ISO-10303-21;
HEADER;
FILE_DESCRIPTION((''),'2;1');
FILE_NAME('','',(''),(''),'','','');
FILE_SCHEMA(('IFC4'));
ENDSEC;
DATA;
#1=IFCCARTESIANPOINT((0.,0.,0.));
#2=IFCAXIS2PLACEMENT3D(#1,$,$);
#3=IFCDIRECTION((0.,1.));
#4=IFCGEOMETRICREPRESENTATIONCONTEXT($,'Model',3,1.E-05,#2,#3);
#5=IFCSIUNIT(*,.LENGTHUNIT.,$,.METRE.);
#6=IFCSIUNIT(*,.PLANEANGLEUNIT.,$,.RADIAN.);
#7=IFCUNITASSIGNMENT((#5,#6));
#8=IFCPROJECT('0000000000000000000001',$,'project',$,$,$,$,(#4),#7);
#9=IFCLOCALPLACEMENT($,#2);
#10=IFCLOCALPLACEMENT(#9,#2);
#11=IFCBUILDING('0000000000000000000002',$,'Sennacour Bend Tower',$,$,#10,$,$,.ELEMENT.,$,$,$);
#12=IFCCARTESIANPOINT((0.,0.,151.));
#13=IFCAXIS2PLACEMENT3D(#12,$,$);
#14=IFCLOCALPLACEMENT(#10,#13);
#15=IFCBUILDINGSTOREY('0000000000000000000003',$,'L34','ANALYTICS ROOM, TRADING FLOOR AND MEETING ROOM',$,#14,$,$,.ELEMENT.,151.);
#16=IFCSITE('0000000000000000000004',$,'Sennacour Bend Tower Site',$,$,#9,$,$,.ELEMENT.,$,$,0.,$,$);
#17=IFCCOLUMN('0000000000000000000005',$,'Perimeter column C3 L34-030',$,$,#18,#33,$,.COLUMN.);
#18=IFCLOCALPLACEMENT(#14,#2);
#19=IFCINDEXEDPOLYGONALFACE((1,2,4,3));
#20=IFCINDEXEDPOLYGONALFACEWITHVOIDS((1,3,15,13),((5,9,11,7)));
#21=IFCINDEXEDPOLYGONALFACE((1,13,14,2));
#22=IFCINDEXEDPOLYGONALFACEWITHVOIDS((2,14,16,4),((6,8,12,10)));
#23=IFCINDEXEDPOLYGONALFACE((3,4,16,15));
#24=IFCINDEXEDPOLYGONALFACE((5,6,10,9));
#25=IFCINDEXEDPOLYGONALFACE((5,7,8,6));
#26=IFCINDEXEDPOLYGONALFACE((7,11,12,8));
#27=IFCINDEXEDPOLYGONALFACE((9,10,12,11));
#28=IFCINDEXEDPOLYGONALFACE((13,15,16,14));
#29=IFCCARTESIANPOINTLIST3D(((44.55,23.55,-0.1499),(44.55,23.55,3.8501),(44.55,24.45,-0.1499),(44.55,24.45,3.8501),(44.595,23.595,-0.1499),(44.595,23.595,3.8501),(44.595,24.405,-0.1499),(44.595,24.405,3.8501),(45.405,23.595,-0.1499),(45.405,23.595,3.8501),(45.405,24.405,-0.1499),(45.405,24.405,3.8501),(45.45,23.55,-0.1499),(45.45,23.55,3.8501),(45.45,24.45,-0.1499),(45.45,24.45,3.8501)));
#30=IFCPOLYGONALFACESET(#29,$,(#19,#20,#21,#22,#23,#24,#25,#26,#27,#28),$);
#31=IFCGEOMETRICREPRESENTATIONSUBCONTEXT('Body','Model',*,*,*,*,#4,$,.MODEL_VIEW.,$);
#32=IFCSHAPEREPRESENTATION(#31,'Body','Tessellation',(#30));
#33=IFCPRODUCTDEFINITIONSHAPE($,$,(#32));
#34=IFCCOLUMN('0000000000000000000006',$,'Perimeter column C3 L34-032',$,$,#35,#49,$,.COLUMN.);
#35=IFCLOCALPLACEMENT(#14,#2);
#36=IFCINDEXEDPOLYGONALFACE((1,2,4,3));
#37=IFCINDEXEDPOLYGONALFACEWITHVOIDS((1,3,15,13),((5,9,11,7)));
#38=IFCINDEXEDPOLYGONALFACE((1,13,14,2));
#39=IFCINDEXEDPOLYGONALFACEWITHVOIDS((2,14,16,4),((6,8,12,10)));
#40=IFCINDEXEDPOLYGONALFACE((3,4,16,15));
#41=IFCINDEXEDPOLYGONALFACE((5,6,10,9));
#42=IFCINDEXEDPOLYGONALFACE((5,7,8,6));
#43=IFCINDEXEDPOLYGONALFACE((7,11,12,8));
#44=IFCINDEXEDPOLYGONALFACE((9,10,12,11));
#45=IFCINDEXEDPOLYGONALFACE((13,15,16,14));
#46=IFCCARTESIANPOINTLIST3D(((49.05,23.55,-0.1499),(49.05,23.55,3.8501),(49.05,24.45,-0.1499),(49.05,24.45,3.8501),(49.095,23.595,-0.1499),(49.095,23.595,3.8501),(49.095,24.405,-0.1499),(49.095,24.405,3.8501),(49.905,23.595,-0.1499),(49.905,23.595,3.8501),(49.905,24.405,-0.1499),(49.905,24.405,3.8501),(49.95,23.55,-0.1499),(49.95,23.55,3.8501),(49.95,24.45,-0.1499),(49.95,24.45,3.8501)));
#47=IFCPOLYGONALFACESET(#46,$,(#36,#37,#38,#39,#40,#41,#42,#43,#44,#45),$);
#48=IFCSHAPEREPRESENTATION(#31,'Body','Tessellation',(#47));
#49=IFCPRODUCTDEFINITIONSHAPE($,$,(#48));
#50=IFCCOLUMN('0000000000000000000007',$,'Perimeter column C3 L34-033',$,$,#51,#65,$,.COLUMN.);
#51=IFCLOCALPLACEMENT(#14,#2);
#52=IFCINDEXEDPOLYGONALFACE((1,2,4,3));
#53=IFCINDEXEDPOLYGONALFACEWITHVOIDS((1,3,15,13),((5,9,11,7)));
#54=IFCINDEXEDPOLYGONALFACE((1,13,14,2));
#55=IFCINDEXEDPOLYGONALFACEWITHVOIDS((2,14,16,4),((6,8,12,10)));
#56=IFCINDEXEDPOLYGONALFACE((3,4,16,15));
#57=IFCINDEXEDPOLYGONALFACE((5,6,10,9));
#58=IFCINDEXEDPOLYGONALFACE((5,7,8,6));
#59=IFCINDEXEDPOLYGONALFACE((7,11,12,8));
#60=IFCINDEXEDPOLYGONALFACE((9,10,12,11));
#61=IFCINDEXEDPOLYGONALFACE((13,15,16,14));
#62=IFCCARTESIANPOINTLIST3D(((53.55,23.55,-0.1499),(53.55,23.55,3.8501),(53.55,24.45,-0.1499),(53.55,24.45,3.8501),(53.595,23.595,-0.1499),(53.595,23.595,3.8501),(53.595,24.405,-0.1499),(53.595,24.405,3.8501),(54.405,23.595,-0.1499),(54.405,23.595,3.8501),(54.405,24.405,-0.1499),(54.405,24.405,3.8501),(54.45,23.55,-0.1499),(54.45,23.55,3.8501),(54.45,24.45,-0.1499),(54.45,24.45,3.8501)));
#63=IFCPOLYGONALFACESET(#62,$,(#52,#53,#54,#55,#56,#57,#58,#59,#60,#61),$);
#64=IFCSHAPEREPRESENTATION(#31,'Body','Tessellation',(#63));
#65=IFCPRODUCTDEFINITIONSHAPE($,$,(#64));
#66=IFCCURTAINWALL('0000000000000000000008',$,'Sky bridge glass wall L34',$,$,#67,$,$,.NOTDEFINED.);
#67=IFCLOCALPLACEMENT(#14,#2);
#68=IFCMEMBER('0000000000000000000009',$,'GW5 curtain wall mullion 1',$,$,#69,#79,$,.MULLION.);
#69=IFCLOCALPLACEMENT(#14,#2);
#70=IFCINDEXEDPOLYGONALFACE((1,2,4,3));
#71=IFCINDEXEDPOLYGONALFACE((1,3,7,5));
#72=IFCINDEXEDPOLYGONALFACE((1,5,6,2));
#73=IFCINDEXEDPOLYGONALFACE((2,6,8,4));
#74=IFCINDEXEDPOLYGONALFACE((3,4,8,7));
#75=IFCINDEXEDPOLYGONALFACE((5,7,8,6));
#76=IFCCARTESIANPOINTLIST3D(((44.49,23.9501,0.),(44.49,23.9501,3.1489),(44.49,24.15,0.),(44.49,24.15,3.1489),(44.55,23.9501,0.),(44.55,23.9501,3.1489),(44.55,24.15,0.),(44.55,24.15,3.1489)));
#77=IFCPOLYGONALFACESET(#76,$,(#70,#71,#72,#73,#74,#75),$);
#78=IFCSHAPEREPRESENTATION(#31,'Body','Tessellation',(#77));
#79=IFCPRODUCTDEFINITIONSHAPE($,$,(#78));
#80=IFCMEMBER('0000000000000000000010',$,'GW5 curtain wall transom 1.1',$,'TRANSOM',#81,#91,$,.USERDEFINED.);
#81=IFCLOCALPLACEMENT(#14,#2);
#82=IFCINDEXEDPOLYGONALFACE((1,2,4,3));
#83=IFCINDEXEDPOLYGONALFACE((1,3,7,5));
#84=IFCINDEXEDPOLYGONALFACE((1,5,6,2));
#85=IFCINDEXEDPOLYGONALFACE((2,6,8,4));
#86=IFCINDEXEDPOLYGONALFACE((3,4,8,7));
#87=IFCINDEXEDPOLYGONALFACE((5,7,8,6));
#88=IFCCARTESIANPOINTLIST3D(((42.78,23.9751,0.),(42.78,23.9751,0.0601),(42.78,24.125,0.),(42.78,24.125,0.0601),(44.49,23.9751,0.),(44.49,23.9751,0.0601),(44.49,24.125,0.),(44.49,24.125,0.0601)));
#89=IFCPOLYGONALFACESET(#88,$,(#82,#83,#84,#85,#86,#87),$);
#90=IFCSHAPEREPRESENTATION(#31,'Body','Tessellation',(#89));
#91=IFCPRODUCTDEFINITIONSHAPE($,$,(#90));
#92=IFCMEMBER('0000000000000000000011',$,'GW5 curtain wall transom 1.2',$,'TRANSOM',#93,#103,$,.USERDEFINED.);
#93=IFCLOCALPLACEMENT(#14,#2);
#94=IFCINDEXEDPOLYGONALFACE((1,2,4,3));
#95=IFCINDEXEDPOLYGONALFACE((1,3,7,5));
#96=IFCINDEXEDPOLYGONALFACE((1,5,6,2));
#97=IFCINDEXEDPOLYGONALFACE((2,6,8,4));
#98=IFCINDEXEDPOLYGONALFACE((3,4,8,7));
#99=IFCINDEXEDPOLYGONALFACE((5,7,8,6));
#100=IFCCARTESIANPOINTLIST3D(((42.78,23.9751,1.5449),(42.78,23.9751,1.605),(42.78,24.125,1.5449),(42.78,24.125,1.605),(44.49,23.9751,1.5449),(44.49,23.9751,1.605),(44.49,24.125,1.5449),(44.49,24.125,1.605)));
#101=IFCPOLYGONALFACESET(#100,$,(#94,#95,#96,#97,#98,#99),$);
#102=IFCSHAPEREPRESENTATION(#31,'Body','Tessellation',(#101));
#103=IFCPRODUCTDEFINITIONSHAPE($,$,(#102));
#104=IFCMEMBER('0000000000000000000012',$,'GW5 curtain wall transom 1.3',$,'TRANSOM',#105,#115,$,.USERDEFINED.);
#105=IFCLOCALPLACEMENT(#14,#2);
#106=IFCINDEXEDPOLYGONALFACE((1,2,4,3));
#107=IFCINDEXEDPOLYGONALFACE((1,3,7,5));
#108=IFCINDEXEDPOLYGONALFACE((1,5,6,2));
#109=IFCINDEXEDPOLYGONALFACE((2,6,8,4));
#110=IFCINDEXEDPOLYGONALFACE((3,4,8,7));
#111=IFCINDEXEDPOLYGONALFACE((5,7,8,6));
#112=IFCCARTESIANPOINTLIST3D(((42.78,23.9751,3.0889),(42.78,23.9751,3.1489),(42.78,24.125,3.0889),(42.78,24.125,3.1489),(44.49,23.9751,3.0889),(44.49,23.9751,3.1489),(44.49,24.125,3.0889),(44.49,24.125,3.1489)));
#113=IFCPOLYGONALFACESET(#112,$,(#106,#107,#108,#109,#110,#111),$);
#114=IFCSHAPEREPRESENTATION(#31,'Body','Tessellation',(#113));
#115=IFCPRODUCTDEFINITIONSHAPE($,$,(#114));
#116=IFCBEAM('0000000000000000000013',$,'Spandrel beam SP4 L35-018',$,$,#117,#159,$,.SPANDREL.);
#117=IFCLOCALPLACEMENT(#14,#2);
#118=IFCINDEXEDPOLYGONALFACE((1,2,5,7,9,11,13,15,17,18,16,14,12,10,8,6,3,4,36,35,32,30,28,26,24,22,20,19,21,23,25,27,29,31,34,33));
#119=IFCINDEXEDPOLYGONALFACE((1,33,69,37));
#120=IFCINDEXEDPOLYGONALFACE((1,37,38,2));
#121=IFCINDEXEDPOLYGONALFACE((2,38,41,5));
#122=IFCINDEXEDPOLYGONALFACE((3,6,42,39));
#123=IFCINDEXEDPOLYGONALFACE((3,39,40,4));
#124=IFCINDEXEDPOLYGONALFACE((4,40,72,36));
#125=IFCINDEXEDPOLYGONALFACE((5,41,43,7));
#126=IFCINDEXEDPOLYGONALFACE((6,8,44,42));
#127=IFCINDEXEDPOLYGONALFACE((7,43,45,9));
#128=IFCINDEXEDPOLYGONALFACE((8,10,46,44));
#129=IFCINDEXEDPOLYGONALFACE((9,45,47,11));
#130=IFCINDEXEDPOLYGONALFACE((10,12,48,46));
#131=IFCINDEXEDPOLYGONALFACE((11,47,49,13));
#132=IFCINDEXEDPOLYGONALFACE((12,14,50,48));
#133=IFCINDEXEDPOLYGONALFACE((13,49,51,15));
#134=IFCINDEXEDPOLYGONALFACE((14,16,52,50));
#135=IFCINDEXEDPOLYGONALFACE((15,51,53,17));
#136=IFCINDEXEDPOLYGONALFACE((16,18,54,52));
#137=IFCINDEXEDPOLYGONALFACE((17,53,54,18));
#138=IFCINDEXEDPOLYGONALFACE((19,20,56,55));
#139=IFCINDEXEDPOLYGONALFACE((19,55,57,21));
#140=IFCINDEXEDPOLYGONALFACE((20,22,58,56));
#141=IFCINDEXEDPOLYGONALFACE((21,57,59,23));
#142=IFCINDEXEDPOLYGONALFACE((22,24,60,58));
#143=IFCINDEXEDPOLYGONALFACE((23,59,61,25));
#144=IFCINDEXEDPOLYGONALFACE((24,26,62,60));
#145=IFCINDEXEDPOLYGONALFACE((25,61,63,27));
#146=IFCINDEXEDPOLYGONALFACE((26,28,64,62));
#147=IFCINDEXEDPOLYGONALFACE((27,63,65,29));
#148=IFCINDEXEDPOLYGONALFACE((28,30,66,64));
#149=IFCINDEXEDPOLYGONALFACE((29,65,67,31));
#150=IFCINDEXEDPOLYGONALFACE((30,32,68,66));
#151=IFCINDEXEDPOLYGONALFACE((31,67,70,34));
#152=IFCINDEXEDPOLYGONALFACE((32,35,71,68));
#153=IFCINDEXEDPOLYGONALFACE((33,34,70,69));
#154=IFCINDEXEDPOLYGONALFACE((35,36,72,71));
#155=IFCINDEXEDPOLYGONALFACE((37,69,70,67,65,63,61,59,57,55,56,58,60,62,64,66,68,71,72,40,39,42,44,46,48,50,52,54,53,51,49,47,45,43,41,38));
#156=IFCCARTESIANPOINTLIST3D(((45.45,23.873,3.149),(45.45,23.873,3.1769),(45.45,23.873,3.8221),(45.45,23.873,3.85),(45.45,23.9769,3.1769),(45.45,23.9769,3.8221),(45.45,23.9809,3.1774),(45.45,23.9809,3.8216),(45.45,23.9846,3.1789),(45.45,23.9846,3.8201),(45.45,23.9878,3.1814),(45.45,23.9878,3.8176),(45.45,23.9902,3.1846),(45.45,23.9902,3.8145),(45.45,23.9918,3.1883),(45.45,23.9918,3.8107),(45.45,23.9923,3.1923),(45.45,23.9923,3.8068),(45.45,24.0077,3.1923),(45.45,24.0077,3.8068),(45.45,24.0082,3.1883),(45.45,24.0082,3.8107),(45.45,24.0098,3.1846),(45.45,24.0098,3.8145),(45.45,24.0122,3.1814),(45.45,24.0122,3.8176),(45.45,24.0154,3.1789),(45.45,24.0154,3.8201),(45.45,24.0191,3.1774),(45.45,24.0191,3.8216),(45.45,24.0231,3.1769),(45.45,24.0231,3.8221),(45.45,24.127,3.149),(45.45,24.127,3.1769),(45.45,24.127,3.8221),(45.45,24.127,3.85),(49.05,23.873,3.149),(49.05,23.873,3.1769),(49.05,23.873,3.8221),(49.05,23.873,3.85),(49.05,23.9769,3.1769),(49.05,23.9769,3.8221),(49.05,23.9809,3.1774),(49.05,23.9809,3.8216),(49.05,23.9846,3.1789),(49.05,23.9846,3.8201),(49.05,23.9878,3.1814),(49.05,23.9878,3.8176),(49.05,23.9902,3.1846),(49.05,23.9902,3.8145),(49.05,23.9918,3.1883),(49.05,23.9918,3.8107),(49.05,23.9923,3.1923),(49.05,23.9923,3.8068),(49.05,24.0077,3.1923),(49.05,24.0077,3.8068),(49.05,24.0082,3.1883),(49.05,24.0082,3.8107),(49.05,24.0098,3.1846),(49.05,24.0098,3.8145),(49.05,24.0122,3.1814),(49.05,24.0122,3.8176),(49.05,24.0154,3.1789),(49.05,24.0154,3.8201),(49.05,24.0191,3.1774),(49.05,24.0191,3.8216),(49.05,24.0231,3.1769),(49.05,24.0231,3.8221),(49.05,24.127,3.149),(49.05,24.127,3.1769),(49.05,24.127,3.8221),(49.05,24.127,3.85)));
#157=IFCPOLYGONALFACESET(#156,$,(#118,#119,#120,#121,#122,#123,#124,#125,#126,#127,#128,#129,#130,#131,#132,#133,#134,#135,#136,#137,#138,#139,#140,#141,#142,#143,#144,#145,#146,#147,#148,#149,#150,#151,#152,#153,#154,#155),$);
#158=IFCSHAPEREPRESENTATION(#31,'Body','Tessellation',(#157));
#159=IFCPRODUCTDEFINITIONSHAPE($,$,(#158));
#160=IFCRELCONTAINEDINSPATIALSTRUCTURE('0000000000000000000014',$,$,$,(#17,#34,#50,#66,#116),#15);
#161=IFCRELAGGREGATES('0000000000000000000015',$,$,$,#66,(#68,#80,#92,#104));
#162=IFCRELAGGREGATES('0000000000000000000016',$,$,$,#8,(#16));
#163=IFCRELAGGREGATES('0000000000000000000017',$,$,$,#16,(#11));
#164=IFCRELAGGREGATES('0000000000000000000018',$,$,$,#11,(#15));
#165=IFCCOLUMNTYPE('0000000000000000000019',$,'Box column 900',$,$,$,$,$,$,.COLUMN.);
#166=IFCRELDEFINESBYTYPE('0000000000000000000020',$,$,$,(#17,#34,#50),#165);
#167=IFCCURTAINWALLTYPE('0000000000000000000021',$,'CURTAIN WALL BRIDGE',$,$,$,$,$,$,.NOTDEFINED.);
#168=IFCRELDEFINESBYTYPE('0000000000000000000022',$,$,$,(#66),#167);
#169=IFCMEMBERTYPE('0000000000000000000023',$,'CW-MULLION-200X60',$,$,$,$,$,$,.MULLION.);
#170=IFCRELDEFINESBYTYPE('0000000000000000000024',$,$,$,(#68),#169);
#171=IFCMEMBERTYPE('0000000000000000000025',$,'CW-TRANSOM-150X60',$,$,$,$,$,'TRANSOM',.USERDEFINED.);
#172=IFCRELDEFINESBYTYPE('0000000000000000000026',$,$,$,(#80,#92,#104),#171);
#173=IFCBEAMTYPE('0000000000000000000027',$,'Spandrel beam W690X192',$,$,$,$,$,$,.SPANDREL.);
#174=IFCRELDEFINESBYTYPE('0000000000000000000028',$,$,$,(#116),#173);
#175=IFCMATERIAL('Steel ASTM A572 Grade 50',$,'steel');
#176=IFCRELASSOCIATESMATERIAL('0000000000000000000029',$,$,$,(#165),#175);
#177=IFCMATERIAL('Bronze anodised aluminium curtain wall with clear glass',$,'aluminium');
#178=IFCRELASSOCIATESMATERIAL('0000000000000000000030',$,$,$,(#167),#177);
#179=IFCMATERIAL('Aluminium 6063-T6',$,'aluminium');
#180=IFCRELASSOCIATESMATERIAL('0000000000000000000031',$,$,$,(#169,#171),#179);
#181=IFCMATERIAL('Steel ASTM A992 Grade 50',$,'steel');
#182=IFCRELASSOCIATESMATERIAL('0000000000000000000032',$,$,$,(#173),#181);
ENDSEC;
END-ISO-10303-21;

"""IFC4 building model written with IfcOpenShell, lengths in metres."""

from ifc_helpers import new_model, si_unit, direction, frame, origin, origin_2d, place, context, subcontext, project, spatial, rectangle, hollow_rectangle, i_section, extrude, material, material_profile, profile_set, type_object, element, aggregate, save


model = new_model("IFC4")

# Units and contexts
model_context = context("Model", 3, precision=1e-05, world=origin(), true_north=direction((0.0, 1.0)))
body_context = subcontext(model_context, "Body", "Model", "MODEL_VIEW")
ifc_project = project(units=[si_unit("LENGTHUNIT", "METRE"), si_unit("PLANEANGLEUNIT", "RADIAN")], contexts=[model_context])

# Site, building, storey
site_placement = place(None, origin())
site = spatial("IfcSite", under=ifc_project, at=site_placement, Name="Sennacour Bend Tower Site", CompositionType="ELEMENT", RefElevation=0.0)
building_placement = place(site_placement, origin())
building = spatial("IfcBuilding", under=site, at=building_placement, Name="Sennacour Bend Tower", CompositionType="ELEMENT")
storey_placement = place(building_placement, frame((0.0, 0.0, 151.0)))
storey = spatial("IfcBuildingStorey", under=building, at=storey_placement, Name="L34", Description="ANALYTICS ROOM, TRADING FLOOR AND MEETING ROOM", CompositionType="ELEMENT", Elevation=151.0)

# Columns
ifc_material_1 = material(Name="Steel ASTM A572 Grade 50", Category="steel")
ifc_material_profile_1 = material_profile(ifc_material_1, hollow_rectangle(XDim=0.8999, YDim=0.8999, WallThickness=0.0449, at=origin_2d()), Name="Steel ASTM A572 Grade 50", Category="steel")
ifc_profile_set_1 = profile_set([ifc_material_profile_1], Name="Steel ASTM A572 Grade 50")
column_type = type_object("IfcColumnType", Name="Box column 900", PredefinedType="COLUMN", material=ifc_profile_set_1)
for number, where, z_axis, x_axis, name in (
    (1, (45.0, 24.0, -0.1499), (0.0, 0.0, 1.0), (1.0, 0.0, 0.0), "Perimeter column C3 L34-030"),
    (2, (49.5, 24.0, -0.1499), (0.0, 0.0, 1.0), (1.0, 0.0, 0.0), "Perimeter column C3 L34-032"),
    (3, (54.0, 24.0, -0.1499), (0.0, 0.0, 1.0), (1.0, 0.0, 0.0), "Perimeter column C3 L34-033"),
):
    element("IfcColumn", number, at=place(storey_placement, frame(where, z_axis=z_axis, x_axis=x_axis)), inside=storey, type_object=column_type, Name=name, PredefinedType="COLUMN", context=body_context, shape_type="SweptSolid", body=[
        extrude(hollow_rectangle(XDim=0.8999, YDim=0.8999, WallThickness=0.0449, at=origin_2d()), origin(), (0.0, 0.0, 1.0), 4.0),
    ])

# Curtain wall, members
ifc_material_2 = material(Name="Bronze anodised aluminium curtain wall with clear glass", Category="aluminium")
curtain_wall_type = type_object("IfcCurtainWallType", Name="CURTAIN WALL BRIDGE", PredefinedType="NOTDEFINED", material=ifc_material_2)
curtain_wall_placement = place(storey_placement, origin())
curtain_wall = element("IfcCurtainWall", 4, at=curtain_wall_placement, inside=storey, type_object=curtain_wall_type, Name="Sky bridge glass wall L34", PredefinedType="NOTDEFINED")
ifc_material_3 = material(Name="Aluminium 6063-T6", Category="aluminium")
ifc_material_profile_2 = material_profile(ifc_material_3, rectangle(XDim=0.2, YDim=0.0601, at=origin_2d()), Name="Aluminium 6063-T6", Category="aluminium")
ifc_profile_set_2 = profile_set([ifc_material_profile_2], Name="Aluminium 6063-T6")
member_type_1 = type_object("IfcMemberType", Name="CW-MULLION-200X60", PredefinedType="MULLION", material=ifc_profile_set_2)
member_1_placement = place(storey_placement, frame((44.52, 24.05, 0.0), z_axis=(0.0, 0.0, 1.0), x_axis=(0.0, -1.0, 0.0)))
member_1 = element("IfcMember", 5, at=member_1_placement, type_object=member_type_1, Name="GW5 curtain wall mullion 1", PredefinedType="MULLION", context=body_context, shape_type="SweptSolid", body=[
    extrude(rectangle(XDim=0.2, YDim=0.0601, at=origin_2d()), origin(), (0.0, 0.0, 1.0), 3.1489),
])
ifc_material_profile_3 = material_profile(ifc_material_3, rectangle(XDim=0.1499, YDim=0.0601, at=origin_2d()), Name="Aluminium 6063-T6", Category="aluminium")
ifc_profile_set_3 = profile_set([ifc_material_profile_3], Name="Aluminium 6063-T6")
member_type_2 = type_object("IfcMemberType", Name="CW-TRANSOM-150X60", ElementType="TRANSOM", PredefinedType="USERDEFINED", material=ifc_profile_set_3)
member_2_placement = place(storey_placement, frame((44.49, 24.05, 0.03), z_axis=(-1.0, 0.0, 0.0), x_axis=(0.0, -1.0, 0.0)))
member_2 = element("IfcMember", 6, at=member_2_placement, type_object=member_type_2, Name="GW5 curtain wall transom 1.1", ObjectType="TRANSOM", PredefinedType="USERDEFINED", context=body_context, shape_type="SweptSolid", body=[
    extrude(rectangle(XDim=0.1499, YDim=0.0601, at=origin_2d()), origin(), (0.0, 0.0, 1.0), 1.71),
])
member_3_placement = place(storey_placement, frame((44.49, 24.05, 1.575), z_axis=(-1.0, 0.0, 0.0), x_axis=(0.0, -1.0, 0.0)))
member_3 = element("IfcMember", 7, at=member_3_placement, type_object=member_type_2, Name="GW5 curtain wall transom 1.2", ObjectType="TRANSOM", PredefinedType="USERDEFINED", context=body_context, shape_type="SweptSolid", body=[
    extrude(rectangle(XDim=0.1499, YDim=0.0601, at=origin_2d()), origin(), (0.0, 0.0, 1.0), 1.71),
])
member_4_placement = place(storey_placement, frame((44.49, 24.05, 3.1189), z_axis=(-1.0, 0.0, 0.0), x_axis=(0.0, -1.0, 0.0)))
member_4 = element("IfcMember", 8, at=member_4_placement, type_object=member_type_2, Name="GW5 curtain wall transom 1.3", ObjectType="TRANSOM", PredefinedType="USERDEFINED", context=body_context, shape_type="SweptSolid", body=[
    extrude(rectangle(XDim=0.1499, YDim=0.0601, at=origin_2d()), origin(), (0.0, 0.0, 1.0), 1.71),
])

# Beam
ifc_material_4 = material(Name="Steel ASTM A992 Grade 50", Category="steel")
ifc_material_profile_4 = material_profile(ifc_material_4, i_section(OverallWidth=0.2539, OverallDepth=0.7009, WebThickness=0.0154, FlangeThickness=0.0278, FilletRadius=0.0154, at=origin_2d()), Name="Steel ASTM A992 Grade 50", Category="steel")
ifc_profile_set_4 = profile_set([ifc_material_profile_4], Name="Steel ASTM A992 Grade 50")
beam_type = type_object("IfcBeamType", Name="Spandrel beam W690X192", PredefinedType="SPANDREL", material=ifc_profile_set_4)
for number, where, z_axis, x_axis, name in (
    (9, (45.45, 24.0, 3.4995), (1.0, 0.0, 0.0), (0.0, 1.0, 0.0), "Spandrel beam SP4 L35-018"),
):
    element("IfcBeam", number, at=place(storey_placement, frame(where, z_axis=z_axis, x_axis=x_axis)), inside=storey, type_object=beam_type, Name=name, PredefinedType="SPANDREL", context=body_context, shape_type="SweptSolid", body=[
        extrude(i_section(OverallWidth=0.2539, OverallDepth=0.7009, WebThickness=0.0154, FlangeThickness=0.0278, FilletRadius=0.0154, at=origin_2d()), origin(), (0.0, 0.0, 1.0), 3.6001),
    ])

aggregate(curtain_wall, [member_1, member_2, member_3, member_4])

save(model, "model.ifc")
